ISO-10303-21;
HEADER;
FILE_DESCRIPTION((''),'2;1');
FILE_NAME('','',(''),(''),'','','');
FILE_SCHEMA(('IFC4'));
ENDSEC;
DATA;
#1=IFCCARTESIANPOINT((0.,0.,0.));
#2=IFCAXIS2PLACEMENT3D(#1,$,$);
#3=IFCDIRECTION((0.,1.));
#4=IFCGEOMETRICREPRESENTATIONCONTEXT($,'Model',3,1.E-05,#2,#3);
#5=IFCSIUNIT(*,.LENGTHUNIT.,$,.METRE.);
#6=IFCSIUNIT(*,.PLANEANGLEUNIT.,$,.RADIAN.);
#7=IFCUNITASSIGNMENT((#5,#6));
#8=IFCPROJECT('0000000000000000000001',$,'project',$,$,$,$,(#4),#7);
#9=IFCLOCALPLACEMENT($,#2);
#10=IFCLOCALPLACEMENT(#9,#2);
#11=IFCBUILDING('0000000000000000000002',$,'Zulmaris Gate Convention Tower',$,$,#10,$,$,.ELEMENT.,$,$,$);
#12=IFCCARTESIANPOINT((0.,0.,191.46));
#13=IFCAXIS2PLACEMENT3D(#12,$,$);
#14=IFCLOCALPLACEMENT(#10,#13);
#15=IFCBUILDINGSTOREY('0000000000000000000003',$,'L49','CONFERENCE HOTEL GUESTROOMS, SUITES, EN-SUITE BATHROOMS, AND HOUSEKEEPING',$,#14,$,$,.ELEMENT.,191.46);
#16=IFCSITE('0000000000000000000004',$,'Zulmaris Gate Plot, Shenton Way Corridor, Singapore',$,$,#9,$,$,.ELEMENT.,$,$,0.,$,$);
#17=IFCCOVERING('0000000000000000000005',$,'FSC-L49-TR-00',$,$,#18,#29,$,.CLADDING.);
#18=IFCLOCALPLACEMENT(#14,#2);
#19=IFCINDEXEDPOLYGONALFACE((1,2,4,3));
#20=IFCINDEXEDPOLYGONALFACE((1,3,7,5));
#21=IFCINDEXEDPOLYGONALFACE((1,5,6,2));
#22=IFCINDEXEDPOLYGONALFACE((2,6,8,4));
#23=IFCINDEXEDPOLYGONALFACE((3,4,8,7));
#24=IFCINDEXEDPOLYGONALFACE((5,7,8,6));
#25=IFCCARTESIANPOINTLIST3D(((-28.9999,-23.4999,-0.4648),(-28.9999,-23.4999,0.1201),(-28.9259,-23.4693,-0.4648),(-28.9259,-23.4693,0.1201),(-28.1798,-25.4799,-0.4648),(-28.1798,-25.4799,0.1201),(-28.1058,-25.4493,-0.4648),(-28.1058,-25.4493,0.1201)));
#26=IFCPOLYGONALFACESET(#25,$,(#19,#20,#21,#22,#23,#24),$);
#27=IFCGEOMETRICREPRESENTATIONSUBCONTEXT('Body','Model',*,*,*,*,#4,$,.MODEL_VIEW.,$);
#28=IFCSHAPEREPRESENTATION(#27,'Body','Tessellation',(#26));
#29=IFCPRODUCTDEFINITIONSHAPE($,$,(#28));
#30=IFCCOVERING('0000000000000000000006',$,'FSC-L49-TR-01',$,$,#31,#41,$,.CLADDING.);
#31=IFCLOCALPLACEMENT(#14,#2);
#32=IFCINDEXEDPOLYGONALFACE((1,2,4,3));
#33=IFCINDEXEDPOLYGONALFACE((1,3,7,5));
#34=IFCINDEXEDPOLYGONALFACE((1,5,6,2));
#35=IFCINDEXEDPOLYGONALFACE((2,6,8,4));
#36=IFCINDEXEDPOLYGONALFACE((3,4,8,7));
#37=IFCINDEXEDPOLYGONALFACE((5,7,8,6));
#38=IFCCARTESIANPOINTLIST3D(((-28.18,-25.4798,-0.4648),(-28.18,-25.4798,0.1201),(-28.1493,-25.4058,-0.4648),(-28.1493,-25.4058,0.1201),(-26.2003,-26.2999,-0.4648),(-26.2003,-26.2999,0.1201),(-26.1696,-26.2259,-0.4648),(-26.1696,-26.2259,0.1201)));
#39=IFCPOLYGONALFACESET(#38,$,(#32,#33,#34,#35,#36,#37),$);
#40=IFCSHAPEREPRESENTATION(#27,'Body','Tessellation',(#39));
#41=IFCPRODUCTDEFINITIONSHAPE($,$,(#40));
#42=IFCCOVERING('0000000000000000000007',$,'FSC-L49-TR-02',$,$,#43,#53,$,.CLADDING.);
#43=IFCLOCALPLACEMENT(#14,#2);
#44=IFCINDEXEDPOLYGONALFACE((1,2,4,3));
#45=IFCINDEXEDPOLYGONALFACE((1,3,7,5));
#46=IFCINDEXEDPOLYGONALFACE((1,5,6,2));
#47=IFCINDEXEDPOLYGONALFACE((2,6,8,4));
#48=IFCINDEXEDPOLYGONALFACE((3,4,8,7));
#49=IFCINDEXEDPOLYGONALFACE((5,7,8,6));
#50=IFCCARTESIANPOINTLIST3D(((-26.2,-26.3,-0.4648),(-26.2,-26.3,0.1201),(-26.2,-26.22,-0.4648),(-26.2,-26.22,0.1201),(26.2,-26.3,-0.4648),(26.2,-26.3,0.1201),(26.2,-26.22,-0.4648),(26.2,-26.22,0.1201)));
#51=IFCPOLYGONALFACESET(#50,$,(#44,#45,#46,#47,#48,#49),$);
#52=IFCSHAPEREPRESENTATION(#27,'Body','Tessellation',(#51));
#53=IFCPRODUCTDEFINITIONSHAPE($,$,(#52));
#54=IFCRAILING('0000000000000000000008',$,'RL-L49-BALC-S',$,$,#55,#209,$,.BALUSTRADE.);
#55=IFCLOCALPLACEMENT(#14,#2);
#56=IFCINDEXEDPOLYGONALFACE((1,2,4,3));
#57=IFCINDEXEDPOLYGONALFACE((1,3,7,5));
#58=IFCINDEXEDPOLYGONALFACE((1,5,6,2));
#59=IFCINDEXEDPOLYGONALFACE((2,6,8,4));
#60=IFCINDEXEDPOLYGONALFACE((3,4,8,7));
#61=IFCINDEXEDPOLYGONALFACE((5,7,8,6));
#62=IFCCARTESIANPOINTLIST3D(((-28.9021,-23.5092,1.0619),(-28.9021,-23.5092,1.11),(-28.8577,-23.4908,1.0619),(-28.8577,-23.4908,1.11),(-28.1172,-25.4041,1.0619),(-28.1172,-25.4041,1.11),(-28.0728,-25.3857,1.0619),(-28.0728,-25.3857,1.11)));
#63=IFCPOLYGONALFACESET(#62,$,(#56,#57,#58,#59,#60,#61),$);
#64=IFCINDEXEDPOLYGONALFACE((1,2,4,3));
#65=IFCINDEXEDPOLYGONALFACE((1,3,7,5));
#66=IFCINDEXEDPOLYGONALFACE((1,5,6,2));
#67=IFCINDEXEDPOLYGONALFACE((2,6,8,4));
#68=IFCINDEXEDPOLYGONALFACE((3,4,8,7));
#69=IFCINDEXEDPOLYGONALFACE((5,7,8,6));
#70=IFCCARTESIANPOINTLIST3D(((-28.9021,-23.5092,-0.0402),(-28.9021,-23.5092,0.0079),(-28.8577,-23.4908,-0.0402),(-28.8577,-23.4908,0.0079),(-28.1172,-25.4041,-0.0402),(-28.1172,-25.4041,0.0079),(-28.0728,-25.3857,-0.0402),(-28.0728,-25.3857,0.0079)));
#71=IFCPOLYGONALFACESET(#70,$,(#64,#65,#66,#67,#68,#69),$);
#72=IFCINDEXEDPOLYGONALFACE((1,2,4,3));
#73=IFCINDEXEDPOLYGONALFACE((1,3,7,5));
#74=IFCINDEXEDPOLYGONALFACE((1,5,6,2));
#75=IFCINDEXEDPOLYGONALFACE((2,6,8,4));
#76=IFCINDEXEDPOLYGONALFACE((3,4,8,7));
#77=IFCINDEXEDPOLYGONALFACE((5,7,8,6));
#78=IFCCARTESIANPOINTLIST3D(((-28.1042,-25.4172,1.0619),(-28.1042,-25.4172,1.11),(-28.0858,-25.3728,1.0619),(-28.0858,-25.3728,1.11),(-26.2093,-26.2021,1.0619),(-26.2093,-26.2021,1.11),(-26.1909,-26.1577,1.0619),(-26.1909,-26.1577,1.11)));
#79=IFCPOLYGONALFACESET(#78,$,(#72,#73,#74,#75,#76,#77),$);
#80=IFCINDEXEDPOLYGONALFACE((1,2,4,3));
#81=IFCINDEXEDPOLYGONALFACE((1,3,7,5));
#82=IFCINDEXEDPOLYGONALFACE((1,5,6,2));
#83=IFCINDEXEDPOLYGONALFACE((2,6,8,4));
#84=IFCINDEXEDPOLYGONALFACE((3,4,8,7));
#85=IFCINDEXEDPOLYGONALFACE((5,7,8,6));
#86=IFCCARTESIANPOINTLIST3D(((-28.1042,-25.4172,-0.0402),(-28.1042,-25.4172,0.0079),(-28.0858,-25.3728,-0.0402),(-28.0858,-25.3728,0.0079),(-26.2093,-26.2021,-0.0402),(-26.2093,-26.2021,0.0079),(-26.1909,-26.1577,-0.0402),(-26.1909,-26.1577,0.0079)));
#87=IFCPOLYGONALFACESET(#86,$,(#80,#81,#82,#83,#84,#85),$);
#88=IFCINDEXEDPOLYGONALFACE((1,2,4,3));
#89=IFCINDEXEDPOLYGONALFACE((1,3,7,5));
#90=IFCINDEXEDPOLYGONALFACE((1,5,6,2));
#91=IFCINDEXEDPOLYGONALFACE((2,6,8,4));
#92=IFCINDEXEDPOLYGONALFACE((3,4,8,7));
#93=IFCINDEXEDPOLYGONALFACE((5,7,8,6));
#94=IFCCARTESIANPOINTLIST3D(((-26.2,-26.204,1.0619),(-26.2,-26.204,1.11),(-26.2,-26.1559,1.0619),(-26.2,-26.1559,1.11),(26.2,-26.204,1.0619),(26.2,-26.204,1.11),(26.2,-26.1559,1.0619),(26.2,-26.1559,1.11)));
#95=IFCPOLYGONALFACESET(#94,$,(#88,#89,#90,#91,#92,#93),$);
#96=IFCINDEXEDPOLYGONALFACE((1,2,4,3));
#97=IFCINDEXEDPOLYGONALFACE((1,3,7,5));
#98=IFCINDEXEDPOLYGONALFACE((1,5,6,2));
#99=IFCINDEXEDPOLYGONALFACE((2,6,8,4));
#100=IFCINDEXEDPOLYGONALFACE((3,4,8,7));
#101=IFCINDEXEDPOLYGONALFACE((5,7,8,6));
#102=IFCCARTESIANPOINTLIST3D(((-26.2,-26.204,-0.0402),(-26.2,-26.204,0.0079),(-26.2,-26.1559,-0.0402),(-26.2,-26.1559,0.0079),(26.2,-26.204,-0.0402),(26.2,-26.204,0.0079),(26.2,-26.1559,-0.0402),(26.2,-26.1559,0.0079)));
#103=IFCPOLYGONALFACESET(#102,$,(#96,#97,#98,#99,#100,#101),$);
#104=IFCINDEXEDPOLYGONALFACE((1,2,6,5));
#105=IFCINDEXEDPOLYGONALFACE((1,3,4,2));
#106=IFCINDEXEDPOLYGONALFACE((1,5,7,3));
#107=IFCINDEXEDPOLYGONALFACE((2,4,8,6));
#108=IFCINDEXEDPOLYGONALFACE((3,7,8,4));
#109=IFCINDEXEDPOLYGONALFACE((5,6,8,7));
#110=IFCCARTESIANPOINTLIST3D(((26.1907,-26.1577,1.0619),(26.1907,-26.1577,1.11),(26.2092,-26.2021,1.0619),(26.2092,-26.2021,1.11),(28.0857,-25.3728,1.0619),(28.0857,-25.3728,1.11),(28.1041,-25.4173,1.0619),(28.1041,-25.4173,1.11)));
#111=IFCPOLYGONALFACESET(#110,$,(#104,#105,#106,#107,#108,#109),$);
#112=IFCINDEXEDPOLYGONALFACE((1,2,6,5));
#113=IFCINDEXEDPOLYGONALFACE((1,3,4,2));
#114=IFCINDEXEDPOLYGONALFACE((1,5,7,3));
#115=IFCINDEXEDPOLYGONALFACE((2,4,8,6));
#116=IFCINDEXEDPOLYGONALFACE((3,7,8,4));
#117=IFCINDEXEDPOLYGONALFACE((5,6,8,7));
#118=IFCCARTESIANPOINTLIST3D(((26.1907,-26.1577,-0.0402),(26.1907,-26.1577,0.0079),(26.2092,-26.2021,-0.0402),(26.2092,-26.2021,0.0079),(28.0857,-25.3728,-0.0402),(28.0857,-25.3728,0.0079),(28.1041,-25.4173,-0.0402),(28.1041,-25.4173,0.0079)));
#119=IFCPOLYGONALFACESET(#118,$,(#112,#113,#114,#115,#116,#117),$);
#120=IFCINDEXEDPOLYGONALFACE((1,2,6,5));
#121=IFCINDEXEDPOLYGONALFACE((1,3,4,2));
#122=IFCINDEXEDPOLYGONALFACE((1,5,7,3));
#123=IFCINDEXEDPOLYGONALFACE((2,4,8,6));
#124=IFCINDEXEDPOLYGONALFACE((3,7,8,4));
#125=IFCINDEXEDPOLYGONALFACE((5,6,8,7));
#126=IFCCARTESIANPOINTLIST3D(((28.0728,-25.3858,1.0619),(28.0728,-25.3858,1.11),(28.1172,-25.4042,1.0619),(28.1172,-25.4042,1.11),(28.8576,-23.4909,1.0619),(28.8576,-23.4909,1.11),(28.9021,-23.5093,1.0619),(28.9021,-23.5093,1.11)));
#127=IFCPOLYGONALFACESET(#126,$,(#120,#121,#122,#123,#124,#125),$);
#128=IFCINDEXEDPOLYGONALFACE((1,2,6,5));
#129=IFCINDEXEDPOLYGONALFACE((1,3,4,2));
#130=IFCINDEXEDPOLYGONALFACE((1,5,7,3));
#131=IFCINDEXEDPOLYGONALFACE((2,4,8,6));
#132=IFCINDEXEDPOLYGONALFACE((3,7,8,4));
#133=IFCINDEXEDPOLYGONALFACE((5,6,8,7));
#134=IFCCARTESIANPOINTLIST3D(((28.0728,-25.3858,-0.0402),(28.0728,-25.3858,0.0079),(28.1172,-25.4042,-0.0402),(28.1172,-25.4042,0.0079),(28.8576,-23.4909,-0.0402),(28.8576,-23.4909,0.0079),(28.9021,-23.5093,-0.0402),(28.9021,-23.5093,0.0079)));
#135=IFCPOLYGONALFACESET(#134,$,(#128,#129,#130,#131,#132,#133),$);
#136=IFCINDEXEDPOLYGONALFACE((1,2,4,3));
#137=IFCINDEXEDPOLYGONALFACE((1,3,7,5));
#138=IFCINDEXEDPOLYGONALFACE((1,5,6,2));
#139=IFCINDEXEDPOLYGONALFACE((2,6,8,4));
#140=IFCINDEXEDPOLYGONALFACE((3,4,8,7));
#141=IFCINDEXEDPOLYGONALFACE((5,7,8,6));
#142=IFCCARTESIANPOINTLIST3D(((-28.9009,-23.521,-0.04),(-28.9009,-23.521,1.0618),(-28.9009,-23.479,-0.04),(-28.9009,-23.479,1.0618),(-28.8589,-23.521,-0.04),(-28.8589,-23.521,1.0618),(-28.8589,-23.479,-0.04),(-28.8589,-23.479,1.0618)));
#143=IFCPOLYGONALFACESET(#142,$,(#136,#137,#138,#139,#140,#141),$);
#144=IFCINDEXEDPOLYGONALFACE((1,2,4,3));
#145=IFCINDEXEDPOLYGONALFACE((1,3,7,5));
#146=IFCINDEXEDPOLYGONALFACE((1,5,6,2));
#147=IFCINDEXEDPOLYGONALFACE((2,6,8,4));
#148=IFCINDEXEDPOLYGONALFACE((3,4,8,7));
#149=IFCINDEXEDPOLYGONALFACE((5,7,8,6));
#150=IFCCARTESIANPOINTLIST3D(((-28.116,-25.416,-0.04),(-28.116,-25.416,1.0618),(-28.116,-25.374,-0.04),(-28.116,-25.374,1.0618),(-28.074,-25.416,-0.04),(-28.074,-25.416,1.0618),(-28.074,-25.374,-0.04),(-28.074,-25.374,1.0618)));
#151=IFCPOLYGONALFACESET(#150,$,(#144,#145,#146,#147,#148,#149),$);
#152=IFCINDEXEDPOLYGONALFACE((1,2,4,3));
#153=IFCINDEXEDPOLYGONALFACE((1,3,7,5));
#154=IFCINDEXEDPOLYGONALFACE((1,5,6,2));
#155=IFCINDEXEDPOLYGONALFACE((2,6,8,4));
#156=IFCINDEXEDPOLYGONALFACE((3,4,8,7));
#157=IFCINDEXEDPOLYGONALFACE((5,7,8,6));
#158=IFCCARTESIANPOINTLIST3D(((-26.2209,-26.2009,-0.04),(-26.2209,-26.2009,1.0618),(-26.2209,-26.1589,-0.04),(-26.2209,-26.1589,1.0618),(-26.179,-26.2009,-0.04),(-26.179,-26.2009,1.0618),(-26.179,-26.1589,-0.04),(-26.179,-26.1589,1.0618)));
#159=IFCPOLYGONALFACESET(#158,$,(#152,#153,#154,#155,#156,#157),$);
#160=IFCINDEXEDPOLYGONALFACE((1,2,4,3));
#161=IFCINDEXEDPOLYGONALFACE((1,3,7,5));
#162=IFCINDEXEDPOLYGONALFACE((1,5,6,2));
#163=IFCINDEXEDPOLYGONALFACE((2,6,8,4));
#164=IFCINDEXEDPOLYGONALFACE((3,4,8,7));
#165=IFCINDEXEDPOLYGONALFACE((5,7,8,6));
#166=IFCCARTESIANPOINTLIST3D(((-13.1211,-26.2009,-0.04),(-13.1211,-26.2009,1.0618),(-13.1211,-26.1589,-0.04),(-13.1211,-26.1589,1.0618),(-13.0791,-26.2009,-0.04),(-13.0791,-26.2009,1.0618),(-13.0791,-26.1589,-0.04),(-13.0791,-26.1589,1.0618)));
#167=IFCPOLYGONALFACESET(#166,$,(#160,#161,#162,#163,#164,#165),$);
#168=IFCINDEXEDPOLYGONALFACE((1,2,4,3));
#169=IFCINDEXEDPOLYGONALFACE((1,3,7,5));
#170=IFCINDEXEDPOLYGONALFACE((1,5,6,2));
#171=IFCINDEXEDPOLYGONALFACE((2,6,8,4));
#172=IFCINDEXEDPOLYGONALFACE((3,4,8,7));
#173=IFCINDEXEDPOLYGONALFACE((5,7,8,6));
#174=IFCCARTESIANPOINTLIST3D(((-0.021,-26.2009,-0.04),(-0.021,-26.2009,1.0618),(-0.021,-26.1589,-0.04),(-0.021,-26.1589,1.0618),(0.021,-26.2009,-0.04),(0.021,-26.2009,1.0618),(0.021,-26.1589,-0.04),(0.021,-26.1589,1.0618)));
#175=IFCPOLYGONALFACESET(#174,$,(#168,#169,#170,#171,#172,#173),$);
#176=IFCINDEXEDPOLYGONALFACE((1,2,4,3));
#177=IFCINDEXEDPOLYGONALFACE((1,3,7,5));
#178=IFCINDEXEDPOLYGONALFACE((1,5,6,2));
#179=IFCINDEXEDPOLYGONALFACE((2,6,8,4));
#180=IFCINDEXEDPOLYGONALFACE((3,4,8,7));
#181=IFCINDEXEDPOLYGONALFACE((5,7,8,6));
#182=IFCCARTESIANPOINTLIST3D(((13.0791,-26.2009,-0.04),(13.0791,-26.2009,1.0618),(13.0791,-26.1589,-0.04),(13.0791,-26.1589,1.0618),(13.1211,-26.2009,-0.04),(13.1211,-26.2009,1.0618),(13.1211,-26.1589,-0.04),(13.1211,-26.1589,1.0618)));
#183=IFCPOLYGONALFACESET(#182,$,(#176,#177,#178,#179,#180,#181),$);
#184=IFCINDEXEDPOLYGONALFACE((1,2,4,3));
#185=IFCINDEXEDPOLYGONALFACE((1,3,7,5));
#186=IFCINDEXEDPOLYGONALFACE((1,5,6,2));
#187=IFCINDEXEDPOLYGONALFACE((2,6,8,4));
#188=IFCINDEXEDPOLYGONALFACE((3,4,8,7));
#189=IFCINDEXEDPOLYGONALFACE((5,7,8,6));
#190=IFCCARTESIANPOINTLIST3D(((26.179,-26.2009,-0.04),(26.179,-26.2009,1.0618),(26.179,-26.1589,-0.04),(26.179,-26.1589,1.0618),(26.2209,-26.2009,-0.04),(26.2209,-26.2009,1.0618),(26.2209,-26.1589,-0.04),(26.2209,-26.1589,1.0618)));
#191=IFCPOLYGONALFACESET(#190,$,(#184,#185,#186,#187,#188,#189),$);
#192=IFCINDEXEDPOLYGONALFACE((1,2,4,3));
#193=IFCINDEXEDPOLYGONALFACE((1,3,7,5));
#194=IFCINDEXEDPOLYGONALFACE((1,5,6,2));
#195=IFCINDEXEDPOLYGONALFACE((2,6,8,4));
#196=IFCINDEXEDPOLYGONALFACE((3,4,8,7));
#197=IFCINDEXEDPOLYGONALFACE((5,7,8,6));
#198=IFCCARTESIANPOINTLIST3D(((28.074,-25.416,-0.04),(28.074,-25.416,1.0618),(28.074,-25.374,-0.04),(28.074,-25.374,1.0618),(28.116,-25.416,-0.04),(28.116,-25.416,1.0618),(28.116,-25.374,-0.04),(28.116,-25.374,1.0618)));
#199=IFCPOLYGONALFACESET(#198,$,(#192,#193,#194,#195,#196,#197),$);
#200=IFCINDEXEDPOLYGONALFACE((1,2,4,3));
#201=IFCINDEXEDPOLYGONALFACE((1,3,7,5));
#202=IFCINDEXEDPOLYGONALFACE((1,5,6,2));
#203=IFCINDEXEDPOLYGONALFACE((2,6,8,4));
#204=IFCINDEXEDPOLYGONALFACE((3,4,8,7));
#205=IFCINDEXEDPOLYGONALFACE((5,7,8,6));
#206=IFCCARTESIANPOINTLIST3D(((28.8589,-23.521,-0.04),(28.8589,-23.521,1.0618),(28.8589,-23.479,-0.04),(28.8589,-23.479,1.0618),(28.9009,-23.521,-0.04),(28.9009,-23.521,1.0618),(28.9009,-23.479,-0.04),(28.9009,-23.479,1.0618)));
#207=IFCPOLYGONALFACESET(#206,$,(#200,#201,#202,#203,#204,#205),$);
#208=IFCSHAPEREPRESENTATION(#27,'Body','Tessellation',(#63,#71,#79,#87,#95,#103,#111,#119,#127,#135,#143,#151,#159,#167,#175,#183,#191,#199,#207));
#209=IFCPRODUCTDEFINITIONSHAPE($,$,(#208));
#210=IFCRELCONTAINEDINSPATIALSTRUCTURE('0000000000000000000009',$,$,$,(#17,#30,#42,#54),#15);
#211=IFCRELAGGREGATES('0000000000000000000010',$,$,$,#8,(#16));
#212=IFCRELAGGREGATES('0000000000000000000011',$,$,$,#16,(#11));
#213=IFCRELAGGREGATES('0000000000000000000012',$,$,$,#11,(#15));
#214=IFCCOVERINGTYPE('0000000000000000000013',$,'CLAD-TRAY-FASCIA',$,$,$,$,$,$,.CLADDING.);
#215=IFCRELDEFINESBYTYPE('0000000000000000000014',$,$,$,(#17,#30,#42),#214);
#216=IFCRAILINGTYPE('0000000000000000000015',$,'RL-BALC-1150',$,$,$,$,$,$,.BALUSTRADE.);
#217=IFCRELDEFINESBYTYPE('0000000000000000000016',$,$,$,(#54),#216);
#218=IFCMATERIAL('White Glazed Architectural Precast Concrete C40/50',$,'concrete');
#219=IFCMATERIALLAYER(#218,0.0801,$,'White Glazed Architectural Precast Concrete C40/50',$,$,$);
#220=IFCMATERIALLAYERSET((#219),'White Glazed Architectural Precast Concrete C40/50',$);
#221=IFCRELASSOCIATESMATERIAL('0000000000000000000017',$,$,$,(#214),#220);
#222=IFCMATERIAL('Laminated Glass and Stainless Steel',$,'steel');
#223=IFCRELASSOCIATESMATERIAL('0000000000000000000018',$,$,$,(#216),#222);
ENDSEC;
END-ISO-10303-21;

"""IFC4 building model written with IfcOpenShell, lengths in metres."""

from ifc_helpers import new_model, si_unit, direction, frame, frame_2d, origin, origin_2d, place, context, subcontext, project, spatial, rectangle, extrude, material, layer, layer_set, type_object, element, save


model = new_model("IFC4")

# Units and contexts
model_context = context("Model", 3, precision=1e-05, world=origin(), true_north=direction((0.0, 1.0)))
body_context = subcontext(model_context, "Body", "Model", "MODEL_VIEW")
ifc_project = project(units=[si_unit("LENGTHUNIT", "METRE"), si_unit("PLANEANGLEUNIT", "RADIAN")], contexts=[model_context])

# Site, building, storey
site_placement = place(None, origin())
site = spatial("IfcSite", under=ifc_project, at=site_placement, Name="Zulmaris Gate Plot, Shenton Way Corridor, Singapore", CompositionType="ELEMENT", RefElevation=0.0)
building_placement = place(site_placement, origin())
building = spatial("IfcBuilding", under=site, at=building_placement, Name="Zulmaris Gate Convention Tower", CompositionType="ELEMENT")
storey_placement = place(building_placement, frame((0.0, 0.0, 191.46)))
storey = spatial("IfcBuildingStorey", under=building, at=storey_placement, Name="L49", Description="CONFERENCE HOTEL GUESTROOMS, SUITES, EN-SUITE BATHROOMS, AND HOUSEKEEPING", CompositionType="ELEMENT", Elevation=191.46)

# Coverings
ifc_material_1 = material(Name="White Glazed Architectural Precast Concrete C40/50", Category="concrete")
ifc_layer_1 = layer(ifc_material_1, 0.0801, Name="White Glazed Architectural Precast Concrete C40/50")
ifc_layer_set_1 = layer_set([ifc_layer_1], Name="White Glazed Architectural Precast Concrete C40/50")
covering_type = type_object("IfcCoveringType", Name="CLAD-TRAY-FASCIA", PredefinedType="CLADDING", material=ifc_layer_set_1)
covering_1_placement = place(storey_placement, frame((-28.9629, -23.4846, -0.4648), z_axis=(0.0, 0.0, 1.0), x_axis=(0.382657, -0.92389, 0.0)))
element("IfcCovering", 1, at=covering_1_placement, inside=storey, type_object=covering_type, Name="FSC-L49-TR-00", PredefinedType="CLADDING", context=body_context, shape_type="SweptSolid", body=[
    extrude(rectangle(XDim=2.1431, YDim=0.0801, at=frame_2d((1.0715, 0.0))), origin(), (0.0, 0.0, 1.0), 0.585),
])
covering_2_placement = place(storey_placement, frame((-28.1646, -25.4429, -0.4648), z_axis=(0.0, 0.0, 1.0), x_axis=(0.923874, -0.382697, 0.0)))
element("IfcCovering", 2, at=covering_2_placement, inside=storey, type_object=covering_type, Name="FSC-L49-TR-01", PredefinedType="CLADDING", context=body_context, shape_type="SweptSolid", body=[
    extrude(rectangle(XDim=2.1428, YDim=0.0801, at=frame_2d((1.0713, 0.0))), origin(), (0.0, 0.0, 1.0), 0.585),
])
covering_3_placement = place(storey_placement, frame((-26.2, -26.26, -0.4648), z_axis=(0.0, 0.0, 1.0), x_axis=(1.0, 0.0, 0.0)))
element("IfcCovering", 3, at=covering_3_placement, inside=storey, type_object=covering_type, Name="FSC-L49-TR-02", PredefinedType="CLADDING", context=body_context, shape_type="SweptSolid", body=[
    extrude(rectangle(XDim=52.3999, YDim=0.0801, at=frame_2d((26.2, 0.0))), origin(), (0.0, 0.0, 1.0), 0.585),
])

# Railing
ifc_material_2 = material(Name="Laminated Glass and Stainless Steel", Category="steel")
railing_type = type_object("IfcRailingType", Name="RL-BALC-1150", PredefinedType="BALUSTRADE", material=ifc_material_2)
railing_placement = place(storey_placement, frame((-28.8799, -23.5, -0.04)))
element("IfcRailing", 4, at=railing_placement, inside=storey, type_object=railing_type, Name="RL-L49-BALC-S", PredefinedType="BALUSTRADE", context=body_context, shape_type="SweptSolid", body=[
    extrude(rectangle(XDim=0.0481, YDim=0.0481, at=origin_2d()), frame((0.0, 0.0, 1.126), z_axis=(0.382671, -0.923885, 0.0), x_axis=(0.923885, 0.382671, 0.0)), (0.0, 0.0, 1.0), 2.051),
    extrude(rectangle(XDim=0.0481, YDim=0.0481, at=origin_2d()), frame((0.0, 0.0, 0.0239), z_axis=(0.382671, -0.923885, 0.0), x_axis=(0.923885, 0.382671, 0.0)), (0.0, 0.0, 1.0), 2.051),
    extrude(rectangle(XDim=0.0481, YDim=0.0481, at=origin_2d()), frame((0.7849, -1.895, 1.126), z_axis=(0.923885, -0.382671, 0.0), x_axis=(0.382671, 0.923885, 0.0)), (0.0, 0.0, 1.0), 2.051),
    extrude(rectangle(XDim=0.0481, YDim=0.0481, at=origin_2d()), frame((0.7849, -1.895, 0.0239), z_axis=(0.923885, -0.382671, 0.0), x_axis=(0.382671, 0.923885, 0.0)), (0.0, 0.0, 1.0), 2.051),
    extrude(rectangle(XDim=0.0481, YDim=0.0481, at=origin_2d()), frame((2.6799, -2.6799, 1.126), z_axis=(1.0, 0.0, 0.0), x_axis=(0.0, 1.0, 0.0)), (0.0, 0.0, 1.0), 52.3999),
    extrude(rectangle(XDim=0.0481, YDim=0.0481, at=origin_2d()), frame((2.6799, -2.6799, 0.0239), z_axis=(1.0, 0.0, 0.0), x_axis=(0.0, 1.0, 0.0)), (0.0, 0.0, 1.0), 52.3999),
    extrude(rectangle(XDim=0.0481, YDim=0.0481, at=origin_2d()), frame((55.0798, -2.6799, 1.126), z_axis=(0.923885, 0.382671, 0.0), x_axis=(-0.382671, 0.923885, 0.0)), (0.0, 0.0, 1.0), 2.051),
    extrude(rectangle(XDim=0.0481, YDim=0.0481, at=origin_2d()), frame((55.0798, -2.6799, 0.0239), z_axis=(0.923885, 0.382671, 0.0), x_axis=(-0.382671, 0.923885, 0.0)), (0.0, 0.0, 1.0), 2.051),
    extrude(rectangle(XDim=0.0481, YDim=0.0481, at=origin_2d()), frame((56.9749, -1.895, 1.126), z_axis=(0.382671, 0.923885, 0.0), x_axis=(-0.923885, 0.382671, 0.0)), (0.0, 0.0, 1.0), 2.051),
    extrude(rectangle(XDim=0.0481, YDim=0.0481, at=origin_2d()), frame((56.9749, -1.895, 0.0239), z_axis=(0.382671, 0.923885, 0.0), x_axis=(-0.923885, 0.382671, 0.0)), (0.0, 0.0, 1.0), 2.051),
    extrude(rectangle(XDim=0.042, YDim=0.042, at=origin_2d()), origin(), (0.0, 0.0, 1.0), 1.1018),
    extrude(rectangle(XDim=0.042, YDim=0.042, at=origin_2d()), frame((0.7849, -1.895, 0.0)), (0.0, 0.0, 1.0), 1.1018),
    extrude(rectangle(XDim=0.042, YDim=0.042, at=origin_2d()), frame((2.6799, -2.6799, 0.0)), (0.0, 0.0, 1.0), 1.1018),
    extrude(rectangle(XDim=0.042, YDim=0.042, at=origin_2d()), frame((15.7798, -2.6799, 0.0)), (0.0, 0.0, 1.0), 1.1018),
    extrude(rectangle(XDim=0.042, YDim=0.042, at=origin_2d()), frame((28.8799, -2.6799, 0.0)), (0.0, 0.0, 1.0), 1.1018),
    extrude(rectangle(XDim=0.042, YDim=0.042, at=origin_2d()), frame((41.98, -2.6799, 0.0)), (0.0, 0.0, 1.0), 1.1018),
    extrude(rectangle(XDim=0.042, YDim=0.042, at=origin_2d()), frame((55.0798, -2.6799, 0.0)), (0.0, 0.0, 1.0), 1.1018),
    extrude(rectangle(XDim=0.042, YDim=0.042, at=origin_2d()), frame((56.9749, -1.895, 0.0)), (0.0, 0.0, 1.0), 1.1018),
    extrude(rectangle(XDim=0.042, YDim=0.042, at=origin_2d()), frame((57.7598, 0.0, 0.0)), (0.0, 0.0, 1.0), 1.1018),
])

save(model, "model.ifc")
